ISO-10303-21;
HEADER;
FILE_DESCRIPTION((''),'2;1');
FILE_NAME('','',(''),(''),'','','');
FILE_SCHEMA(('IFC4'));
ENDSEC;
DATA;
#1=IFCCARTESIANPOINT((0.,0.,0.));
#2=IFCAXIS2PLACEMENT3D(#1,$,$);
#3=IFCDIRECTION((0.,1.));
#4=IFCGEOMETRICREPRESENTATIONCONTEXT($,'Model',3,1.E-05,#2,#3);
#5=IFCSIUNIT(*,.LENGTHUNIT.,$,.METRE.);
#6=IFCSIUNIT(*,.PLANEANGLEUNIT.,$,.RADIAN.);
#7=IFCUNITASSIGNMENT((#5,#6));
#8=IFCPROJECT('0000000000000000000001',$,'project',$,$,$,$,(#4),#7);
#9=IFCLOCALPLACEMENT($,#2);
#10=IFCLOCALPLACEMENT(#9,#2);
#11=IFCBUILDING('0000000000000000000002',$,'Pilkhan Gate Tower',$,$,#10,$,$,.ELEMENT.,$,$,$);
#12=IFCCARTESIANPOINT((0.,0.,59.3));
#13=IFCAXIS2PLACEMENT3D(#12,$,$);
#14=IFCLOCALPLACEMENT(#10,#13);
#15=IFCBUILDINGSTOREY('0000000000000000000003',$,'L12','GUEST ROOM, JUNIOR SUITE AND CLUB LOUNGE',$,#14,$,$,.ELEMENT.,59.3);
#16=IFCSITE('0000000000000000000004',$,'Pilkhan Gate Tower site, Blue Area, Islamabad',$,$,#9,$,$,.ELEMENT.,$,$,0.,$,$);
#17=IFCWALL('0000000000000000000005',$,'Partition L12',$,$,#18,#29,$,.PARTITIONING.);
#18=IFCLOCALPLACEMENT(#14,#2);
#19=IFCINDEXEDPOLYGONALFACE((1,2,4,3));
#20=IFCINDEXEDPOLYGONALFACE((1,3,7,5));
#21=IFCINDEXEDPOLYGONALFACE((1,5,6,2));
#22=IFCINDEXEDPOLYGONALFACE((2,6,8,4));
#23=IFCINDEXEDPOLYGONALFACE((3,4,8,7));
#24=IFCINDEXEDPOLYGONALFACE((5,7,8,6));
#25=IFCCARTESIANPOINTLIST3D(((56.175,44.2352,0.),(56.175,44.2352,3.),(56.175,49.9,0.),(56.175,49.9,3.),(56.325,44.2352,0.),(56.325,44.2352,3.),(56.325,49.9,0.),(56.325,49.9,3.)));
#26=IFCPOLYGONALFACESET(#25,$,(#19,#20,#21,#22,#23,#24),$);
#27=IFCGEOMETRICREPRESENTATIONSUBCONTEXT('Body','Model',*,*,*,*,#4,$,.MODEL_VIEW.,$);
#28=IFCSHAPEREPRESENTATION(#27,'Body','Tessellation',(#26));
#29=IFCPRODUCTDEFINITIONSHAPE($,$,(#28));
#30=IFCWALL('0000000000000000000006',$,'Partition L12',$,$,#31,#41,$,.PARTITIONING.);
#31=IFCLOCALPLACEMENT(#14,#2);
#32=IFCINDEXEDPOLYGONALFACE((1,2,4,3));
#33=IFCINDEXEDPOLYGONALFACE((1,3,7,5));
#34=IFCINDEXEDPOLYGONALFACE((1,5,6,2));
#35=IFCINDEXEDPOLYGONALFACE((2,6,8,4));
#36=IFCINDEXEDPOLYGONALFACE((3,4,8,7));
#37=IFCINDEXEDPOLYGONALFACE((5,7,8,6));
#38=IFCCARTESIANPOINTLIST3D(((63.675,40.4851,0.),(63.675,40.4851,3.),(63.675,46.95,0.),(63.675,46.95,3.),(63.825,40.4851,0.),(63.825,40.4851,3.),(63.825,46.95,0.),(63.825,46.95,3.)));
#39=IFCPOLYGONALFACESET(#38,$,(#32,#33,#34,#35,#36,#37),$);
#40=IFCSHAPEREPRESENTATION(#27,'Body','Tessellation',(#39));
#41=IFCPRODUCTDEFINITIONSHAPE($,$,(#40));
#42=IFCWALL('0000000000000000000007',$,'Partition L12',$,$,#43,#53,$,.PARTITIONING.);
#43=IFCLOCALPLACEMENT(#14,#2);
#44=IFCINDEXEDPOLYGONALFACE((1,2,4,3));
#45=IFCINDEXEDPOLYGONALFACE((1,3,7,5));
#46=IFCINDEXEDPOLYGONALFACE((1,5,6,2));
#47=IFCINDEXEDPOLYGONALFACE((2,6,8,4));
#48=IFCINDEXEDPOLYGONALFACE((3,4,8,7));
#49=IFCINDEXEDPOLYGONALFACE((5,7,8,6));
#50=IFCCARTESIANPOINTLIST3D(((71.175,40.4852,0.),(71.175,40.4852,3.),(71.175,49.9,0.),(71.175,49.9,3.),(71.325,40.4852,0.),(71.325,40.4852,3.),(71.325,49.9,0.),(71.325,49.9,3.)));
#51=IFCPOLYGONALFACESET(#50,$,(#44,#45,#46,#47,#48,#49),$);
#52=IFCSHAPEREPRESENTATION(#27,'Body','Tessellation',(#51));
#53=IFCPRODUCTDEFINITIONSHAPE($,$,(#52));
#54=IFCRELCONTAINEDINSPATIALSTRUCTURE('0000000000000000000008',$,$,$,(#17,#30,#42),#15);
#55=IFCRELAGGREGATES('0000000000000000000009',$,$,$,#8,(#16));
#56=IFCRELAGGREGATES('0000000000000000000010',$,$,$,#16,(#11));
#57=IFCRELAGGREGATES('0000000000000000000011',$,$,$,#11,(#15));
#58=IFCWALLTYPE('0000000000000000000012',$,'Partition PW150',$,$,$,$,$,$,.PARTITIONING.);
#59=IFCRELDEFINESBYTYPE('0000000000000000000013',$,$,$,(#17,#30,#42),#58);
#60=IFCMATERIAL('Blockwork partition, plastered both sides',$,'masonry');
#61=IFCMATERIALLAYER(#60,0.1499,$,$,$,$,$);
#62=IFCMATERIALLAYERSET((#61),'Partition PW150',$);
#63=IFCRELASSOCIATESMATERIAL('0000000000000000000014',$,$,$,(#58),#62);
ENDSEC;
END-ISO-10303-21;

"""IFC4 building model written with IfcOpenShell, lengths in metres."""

from ifc_helpers import new_model, si_unit, direction, frame, frame_2d, origin, place, context, subcontext, project, spatial, rectangle, extrude, material, layer, layer_set, type_object, element, save


model = new_model("IFC4")

# Units and contexts
model_context = context("Model", 3, precision=1e-05, world=origin(), true_north=direction((0.0, 1.0)))
body_context = subcontext(model_context, "Body", "Model", "MODEL_VIEW")
ifc_project = project(units=[si_unit("LENGTHUNIT", "METRE"), si_unit("PLANEANGLEUNIT", "RADIAN")], contexts=[model_context])

# Site, building, storey
site_placement = place(None, origin())
site = spatial("IfcSite", under=ifc_project, at=site_placement, Name="Pilkhan Gate Tower site, Blue Area, Islamabad", CompositionType="ELEMENT", RefElevation=0.0)
building_placement = place(site_placement, origin())
building = spatial("IfcBuilding", under=site, at=building_placement, Name="Pilkhan Gate Tower", CompositionType="ELEMENT")
storey_placement = place(building_placement, frame((0.0, 0.0, 59.3)))
storey = spatial("IfcBuildingStorey", under=building, at=storey_placement, Name="L12", Description="GUEST ROOM, JUNIOR SUITE AND CLUB LOUNGE", CompositionType="ELEMENT", Elevation=59.3)

# Walls
ifc_material_1 = material(Name="Blockwork partition, plastered both sides", Category="masonry")
ifc_layer_1 = layer(ifc_material_1, 0.1499)
ifc_layer_set_1 = layer_set([ifc_layer_1], Name="Partition PW150")
wall_type = type_object("IfcWallType", Name="Partition PW150", PredefinedType="PARTITIONING", material=ifc_layer_set_1)
wall_1_placement = place(storey_placement, frame((56.25, 44.2351, 0.0), z_axis=(0.0, 0.0, 1.0), x_axis=(0.0, 1.0, 0.0)))
element("IfcWall", 1, at=wall_1_placement, inside=storey, type_object=wall_type, Name="Partition L12", PredefinedType="PARTITIONING", context=body_context, shape_type="SweptSolid", body=[
    extrude(rectangle(XDim=5.6648, YDim=0.1499, at=frame_2d((2.8325, 0.0))), origin(), (0.0, 0.0, 1.0), 3.0),
])
wall_2_placement = place(storey_placement, frame((63.75, 40.4851, 0.0), z_axis=(0.0, 0.0, 1.0), x_axis=(0.0, 1.0, 0.0)))
element("IfcWall", 2, at=wall_2_placement, inside=storey, type_object=wall_type, Name="Partition L12", PredefinedType="PARTITIONING", context=body_context, shape_type="SweptSolid", body=[
    extrude(rectangle(XDim=6.4648, YDim=0.1499, at=frame_2d((3.2324, 0.0))), origin(), (0.0, 0.0, 1.0), 3.0),
])
wall_3_placement = place(storey_placement, frame((71.25, 40.4851, 0.0), z_axis=(0.0, 0.0, 1.0), x_axis=(0.0, 1.0, 0.0)))
element("IfcWall", 3, at=wall_3_placement, inside=storey, type_object=wall_type, Name="Partition L12", PredefinedType="PARTITIONING", context=body_context, shape_type="SweptSolid", body=[
    extrude(rectangle(XDim=9.4148, YDim=0.1499, at=frame_2d((4.7075, 0.0))), origin(), (0.0, 0.0, 1.0), 3.0),
])

save(model, "model.ifc")
